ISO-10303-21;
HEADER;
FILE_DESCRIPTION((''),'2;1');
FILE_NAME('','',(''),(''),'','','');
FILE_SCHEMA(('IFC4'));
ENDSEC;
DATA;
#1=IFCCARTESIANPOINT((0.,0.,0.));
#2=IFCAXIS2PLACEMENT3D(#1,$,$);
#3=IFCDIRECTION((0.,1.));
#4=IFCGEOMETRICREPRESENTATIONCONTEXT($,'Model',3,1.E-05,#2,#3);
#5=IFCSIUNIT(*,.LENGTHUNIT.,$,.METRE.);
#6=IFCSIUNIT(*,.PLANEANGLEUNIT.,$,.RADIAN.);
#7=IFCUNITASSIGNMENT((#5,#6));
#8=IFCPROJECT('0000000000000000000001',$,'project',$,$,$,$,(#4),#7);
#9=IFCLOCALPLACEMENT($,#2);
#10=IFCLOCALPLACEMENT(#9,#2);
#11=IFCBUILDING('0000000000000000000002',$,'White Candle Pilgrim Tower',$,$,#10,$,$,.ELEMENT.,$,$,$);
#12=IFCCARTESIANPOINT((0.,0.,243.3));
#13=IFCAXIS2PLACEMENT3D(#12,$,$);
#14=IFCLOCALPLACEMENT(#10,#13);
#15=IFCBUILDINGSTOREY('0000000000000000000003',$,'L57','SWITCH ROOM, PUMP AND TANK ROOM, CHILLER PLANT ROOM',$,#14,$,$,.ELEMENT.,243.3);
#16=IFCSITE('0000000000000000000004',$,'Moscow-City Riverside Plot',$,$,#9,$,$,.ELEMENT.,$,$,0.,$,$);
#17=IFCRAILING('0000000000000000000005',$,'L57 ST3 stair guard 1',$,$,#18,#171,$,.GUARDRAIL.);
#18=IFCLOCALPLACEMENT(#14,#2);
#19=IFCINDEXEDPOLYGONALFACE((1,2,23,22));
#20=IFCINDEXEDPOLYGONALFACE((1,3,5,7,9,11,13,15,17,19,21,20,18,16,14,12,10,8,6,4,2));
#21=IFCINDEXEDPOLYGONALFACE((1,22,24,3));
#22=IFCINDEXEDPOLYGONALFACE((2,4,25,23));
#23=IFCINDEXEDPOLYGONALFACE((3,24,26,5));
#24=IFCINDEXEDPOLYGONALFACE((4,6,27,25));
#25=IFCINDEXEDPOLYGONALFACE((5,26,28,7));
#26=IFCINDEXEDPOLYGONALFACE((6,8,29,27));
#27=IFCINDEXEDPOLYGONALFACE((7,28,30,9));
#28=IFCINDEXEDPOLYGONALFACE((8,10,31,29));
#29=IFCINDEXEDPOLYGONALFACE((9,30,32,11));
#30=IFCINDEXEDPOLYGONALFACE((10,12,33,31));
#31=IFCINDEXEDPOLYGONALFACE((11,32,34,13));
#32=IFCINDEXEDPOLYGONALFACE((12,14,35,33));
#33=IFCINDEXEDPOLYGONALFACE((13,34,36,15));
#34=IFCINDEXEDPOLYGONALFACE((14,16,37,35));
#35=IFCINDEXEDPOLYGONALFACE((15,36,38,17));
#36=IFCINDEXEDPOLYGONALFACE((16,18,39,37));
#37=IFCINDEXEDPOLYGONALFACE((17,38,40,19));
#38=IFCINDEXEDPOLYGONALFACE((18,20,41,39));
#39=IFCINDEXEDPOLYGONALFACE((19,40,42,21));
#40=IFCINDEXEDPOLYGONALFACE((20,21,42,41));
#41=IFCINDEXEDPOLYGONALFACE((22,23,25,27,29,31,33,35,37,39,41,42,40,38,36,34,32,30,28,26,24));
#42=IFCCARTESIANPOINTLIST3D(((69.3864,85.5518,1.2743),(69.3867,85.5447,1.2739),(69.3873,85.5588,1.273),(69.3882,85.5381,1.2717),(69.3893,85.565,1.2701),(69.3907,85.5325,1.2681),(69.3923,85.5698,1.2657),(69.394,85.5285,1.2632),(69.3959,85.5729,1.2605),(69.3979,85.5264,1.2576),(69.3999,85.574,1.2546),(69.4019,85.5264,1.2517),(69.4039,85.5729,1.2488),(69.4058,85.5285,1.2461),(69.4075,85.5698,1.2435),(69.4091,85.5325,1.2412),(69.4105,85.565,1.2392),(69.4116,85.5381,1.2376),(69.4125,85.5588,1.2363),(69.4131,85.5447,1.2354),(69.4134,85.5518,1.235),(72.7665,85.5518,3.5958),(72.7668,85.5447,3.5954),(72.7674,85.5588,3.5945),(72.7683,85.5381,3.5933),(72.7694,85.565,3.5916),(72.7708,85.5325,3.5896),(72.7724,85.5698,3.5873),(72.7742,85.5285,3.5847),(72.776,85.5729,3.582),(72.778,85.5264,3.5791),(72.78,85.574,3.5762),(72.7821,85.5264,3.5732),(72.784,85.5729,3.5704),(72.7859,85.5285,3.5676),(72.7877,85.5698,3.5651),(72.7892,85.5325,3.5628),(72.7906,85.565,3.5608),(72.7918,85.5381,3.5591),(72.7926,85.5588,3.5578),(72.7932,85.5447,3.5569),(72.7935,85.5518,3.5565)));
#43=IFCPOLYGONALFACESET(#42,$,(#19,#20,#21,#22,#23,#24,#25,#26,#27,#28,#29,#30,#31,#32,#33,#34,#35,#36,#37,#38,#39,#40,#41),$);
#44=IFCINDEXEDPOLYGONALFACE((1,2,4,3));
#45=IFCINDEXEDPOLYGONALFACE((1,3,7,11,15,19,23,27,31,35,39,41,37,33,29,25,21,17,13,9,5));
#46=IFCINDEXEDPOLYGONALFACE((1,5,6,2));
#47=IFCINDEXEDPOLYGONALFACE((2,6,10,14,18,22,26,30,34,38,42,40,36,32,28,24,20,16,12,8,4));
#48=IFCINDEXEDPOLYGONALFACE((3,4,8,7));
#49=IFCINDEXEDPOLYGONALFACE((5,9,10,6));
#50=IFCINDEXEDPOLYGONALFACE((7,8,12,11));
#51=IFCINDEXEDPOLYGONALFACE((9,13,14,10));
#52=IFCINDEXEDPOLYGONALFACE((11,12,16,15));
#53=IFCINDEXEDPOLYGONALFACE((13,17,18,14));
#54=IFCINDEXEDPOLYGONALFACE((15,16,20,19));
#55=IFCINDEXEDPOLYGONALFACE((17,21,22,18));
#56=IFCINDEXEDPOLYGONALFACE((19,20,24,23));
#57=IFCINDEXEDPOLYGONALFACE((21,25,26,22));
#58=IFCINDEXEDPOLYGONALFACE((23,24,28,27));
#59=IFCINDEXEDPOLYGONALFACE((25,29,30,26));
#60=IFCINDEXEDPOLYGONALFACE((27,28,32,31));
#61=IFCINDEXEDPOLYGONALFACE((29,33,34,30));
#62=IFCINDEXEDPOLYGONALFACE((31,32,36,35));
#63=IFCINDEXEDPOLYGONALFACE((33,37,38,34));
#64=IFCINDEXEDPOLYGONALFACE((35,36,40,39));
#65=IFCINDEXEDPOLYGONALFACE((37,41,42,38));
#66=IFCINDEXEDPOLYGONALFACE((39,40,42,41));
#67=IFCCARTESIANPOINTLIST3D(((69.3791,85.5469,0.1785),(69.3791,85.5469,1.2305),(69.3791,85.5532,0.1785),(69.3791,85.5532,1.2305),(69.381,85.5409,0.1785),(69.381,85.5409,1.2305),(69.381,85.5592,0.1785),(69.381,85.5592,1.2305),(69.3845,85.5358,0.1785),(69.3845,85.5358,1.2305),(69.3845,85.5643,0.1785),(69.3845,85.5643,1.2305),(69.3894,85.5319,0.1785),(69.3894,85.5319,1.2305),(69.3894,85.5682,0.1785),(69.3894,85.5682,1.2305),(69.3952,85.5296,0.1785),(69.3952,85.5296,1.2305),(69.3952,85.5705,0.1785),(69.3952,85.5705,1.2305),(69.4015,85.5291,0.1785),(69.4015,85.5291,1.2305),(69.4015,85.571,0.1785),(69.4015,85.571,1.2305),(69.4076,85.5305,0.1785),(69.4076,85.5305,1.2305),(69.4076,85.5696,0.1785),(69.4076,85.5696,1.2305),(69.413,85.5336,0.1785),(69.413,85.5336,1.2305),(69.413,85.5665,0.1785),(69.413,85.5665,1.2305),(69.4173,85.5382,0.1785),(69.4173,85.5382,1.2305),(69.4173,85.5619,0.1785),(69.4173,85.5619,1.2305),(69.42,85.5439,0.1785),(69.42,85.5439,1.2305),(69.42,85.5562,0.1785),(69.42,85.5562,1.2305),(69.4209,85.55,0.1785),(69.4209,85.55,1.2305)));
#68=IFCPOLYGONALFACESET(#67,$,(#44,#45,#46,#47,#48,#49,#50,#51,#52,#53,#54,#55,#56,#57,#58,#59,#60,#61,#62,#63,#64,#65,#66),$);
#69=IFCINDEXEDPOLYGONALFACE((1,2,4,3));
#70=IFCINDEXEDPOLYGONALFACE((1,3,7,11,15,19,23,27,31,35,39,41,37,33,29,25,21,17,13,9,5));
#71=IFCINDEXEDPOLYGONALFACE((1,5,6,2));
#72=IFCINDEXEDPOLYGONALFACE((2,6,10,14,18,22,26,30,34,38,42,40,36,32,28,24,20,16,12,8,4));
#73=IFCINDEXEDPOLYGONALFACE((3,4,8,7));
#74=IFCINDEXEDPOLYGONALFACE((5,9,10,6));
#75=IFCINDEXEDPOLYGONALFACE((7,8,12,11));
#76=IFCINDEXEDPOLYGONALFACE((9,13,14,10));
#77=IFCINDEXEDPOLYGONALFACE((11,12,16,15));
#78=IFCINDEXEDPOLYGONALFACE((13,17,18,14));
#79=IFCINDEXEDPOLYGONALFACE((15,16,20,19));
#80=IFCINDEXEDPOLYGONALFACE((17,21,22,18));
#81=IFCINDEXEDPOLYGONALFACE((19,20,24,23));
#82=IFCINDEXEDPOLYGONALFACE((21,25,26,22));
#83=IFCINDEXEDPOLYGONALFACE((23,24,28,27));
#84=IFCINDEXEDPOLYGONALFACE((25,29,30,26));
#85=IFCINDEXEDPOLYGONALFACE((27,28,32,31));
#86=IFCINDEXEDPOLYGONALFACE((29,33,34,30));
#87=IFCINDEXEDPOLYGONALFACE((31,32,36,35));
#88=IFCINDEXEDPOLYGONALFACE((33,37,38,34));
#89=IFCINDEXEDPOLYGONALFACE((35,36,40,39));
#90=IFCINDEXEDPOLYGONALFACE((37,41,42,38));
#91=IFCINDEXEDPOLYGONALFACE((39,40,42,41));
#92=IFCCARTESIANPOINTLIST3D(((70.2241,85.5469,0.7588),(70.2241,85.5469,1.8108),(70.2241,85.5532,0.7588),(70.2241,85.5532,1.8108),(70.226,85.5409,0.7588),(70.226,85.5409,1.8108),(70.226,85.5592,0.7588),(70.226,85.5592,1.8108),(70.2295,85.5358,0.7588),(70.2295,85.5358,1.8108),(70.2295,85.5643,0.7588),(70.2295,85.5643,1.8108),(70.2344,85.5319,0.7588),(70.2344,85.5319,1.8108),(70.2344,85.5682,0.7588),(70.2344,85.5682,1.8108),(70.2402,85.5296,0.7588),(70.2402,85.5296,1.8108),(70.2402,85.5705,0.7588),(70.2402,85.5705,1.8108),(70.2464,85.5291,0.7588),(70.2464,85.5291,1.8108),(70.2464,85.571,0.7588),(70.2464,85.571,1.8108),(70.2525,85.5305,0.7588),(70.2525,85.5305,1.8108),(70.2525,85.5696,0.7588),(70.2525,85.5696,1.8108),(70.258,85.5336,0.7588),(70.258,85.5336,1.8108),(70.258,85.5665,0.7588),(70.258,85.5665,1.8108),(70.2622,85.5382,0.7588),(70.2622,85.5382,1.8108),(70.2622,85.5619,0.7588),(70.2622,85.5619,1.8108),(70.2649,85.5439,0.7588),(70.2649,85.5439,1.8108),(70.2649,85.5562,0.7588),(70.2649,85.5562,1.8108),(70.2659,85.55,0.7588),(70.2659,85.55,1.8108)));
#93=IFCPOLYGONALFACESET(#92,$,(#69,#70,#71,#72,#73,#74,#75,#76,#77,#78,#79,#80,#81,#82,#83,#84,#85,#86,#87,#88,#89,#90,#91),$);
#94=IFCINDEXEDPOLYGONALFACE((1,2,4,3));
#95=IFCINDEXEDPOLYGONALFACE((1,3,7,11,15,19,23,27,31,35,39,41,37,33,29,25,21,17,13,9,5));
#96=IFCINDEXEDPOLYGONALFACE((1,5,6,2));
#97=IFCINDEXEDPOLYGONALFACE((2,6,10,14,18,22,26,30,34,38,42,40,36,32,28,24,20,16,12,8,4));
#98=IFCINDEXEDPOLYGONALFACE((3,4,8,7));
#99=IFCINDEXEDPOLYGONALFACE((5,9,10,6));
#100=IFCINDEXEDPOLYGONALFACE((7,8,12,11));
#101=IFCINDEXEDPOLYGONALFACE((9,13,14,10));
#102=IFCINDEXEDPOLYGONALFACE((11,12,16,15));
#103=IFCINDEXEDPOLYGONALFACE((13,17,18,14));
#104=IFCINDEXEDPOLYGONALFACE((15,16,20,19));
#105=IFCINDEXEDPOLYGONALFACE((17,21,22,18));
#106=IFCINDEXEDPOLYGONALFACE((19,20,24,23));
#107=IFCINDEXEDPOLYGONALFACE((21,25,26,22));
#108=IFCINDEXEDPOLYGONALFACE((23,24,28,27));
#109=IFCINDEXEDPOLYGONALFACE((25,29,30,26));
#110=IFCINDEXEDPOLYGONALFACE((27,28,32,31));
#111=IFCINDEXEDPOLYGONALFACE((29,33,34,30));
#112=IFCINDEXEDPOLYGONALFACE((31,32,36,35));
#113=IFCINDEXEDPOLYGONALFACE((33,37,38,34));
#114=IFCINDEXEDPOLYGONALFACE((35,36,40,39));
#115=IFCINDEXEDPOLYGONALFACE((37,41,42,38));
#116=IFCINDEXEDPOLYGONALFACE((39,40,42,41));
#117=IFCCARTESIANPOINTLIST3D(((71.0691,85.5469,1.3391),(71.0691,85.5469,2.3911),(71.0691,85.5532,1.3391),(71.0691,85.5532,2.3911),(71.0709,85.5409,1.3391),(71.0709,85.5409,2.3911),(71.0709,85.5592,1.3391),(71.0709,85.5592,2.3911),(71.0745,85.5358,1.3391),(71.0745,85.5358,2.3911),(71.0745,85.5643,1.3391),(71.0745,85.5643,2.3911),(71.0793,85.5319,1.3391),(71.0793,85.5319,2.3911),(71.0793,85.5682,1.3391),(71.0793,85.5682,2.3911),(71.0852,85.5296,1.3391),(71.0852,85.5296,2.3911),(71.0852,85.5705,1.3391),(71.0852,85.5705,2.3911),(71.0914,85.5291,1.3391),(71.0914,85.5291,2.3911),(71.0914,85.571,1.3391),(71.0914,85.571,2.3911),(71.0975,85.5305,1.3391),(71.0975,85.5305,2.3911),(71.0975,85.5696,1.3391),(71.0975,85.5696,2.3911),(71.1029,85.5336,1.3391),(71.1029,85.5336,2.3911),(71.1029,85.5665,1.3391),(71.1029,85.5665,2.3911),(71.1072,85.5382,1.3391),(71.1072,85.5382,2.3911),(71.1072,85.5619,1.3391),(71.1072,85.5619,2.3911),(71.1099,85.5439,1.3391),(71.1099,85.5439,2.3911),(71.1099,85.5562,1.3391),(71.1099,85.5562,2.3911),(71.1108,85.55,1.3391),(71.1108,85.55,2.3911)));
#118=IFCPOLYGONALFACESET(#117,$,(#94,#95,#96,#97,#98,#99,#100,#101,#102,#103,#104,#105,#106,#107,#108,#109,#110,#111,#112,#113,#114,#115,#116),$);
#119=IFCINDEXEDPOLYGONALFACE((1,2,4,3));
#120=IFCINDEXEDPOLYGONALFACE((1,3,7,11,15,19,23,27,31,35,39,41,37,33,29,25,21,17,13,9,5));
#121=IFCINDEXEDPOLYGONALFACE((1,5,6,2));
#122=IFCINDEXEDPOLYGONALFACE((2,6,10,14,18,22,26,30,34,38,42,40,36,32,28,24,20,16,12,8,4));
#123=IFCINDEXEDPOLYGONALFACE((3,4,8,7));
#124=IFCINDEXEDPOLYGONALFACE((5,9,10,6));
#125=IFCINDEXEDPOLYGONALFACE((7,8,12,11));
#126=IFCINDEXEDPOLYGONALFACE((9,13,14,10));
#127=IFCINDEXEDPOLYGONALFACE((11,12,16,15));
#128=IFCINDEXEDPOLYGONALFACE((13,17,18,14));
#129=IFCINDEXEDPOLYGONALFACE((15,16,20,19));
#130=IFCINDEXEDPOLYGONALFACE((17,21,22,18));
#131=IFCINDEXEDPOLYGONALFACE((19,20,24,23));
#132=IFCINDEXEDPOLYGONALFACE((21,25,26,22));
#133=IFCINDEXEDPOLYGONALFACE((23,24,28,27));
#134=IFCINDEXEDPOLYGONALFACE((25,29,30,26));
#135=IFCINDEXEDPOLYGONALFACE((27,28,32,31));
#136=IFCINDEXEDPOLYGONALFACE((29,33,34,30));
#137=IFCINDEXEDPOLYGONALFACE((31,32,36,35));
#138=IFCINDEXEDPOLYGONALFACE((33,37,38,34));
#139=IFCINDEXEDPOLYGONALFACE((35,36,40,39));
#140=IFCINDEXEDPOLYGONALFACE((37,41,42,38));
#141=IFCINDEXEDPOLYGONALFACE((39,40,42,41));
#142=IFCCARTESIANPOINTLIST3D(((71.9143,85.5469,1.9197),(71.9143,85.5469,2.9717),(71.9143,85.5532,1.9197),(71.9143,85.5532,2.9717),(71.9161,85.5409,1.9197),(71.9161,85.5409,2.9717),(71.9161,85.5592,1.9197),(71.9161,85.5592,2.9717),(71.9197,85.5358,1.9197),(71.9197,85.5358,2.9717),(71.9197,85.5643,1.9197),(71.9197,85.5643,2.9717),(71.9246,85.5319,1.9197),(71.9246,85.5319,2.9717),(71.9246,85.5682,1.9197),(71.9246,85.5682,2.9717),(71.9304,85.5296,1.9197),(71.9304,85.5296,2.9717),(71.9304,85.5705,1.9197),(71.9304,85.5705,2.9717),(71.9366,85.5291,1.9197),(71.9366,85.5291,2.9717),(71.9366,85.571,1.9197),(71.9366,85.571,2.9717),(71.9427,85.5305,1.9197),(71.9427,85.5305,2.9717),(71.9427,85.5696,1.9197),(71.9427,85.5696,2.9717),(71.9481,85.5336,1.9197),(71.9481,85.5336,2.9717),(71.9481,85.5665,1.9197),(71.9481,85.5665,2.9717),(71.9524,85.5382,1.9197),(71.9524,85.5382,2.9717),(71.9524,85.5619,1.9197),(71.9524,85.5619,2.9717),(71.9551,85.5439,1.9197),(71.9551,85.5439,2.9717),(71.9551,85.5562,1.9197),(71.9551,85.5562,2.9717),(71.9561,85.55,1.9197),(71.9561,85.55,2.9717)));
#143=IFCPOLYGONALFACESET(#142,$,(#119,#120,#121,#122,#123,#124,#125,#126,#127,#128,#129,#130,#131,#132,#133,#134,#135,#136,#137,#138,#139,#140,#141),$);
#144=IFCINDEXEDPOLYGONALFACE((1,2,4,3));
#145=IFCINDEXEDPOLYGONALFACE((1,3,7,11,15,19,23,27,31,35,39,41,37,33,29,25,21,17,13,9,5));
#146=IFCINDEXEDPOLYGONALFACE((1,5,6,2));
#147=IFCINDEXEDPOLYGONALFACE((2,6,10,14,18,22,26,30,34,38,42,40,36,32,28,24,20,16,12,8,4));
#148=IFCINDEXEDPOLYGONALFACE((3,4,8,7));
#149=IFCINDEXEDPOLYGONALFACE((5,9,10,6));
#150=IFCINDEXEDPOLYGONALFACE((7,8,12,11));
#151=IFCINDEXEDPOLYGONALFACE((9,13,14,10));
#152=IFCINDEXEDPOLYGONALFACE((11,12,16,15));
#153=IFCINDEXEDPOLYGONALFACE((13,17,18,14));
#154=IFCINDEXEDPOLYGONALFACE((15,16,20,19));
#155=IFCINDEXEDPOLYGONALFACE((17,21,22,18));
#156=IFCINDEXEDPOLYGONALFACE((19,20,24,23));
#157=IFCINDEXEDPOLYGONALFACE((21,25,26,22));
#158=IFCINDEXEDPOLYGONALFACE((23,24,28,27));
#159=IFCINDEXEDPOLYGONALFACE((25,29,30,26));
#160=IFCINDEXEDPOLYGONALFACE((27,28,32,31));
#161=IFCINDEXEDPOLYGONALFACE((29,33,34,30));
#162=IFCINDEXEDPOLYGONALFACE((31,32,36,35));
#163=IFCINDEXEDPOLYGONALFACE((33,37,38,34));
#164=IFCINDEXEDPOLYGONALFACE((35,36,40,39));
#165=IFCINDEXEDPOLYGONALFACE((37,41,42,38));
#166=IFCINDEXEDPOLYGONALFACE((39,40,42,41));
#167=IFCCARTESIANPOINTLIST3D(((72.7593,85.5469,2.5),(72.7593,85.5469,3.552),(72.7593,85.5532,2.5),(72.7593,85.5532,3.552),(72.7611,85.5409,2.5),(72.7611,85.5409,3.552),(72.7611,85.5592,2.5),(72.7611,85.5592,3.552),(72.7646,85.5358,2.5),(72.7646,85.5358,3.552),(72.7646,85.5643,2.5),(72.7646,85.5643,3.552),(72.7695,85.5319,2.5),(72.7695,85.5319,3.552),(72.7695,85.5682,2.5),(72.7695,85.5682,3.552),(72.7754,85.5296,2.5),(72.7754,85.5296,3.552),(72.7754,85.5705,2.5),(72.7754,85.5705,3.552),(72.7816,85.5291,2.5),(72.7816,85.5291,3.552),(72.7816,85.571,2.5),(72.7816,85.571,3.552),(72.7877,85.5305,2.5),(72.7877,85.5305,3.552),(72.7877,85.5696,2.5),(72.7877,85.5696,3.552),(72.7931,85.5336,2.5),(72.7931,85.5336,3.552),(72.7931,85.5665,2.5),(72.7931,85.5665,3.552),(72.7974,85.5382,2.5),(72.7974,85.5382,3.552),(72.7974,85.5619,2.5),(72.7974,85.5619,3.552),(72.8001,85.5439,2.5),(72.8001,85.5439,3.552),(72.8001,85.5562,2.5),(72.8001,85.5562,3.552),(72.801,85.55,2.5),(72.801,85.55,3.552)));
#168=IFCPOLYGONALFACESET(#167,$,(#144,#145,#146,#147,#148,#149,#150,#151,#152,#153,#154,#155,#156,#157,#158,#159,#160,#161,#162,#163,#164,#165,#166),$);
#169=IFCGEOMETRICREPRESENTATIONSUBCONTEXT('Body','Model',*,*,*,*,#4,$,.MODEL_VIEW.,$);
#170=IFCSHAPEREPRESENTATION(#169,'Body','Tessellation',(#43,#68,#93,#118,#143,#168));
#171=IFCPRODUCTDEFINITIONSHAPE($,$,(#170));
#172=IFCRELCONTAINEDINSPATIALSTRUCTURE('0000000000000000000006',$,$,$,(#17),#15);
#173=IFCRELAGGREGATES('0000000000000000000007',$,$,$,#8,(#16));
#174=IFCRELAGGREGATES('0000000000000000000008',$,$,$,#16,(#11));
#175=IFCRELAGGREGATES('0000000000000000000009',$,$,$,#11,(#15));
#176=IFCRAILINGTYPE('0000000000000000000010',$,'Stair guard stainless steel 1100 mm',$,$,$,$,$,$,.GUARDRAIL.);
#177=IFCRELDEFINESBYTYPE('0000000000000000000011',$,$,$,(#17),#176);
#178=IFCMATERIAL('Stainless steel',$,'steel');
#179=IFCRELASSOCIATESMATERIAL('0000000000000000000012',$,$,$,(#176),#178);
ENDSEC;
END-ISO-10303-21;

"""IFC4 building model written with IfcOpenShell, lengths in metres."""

from ifc_helpers import new_model, si_unit, direction, frame, origin, origin_2d, place, context, subcontext, project, spatial, circle, extrude, material, type_object, element, save


model = new_model("IFC4")

# Units and contexts
model_context = context("Model", 3, precision=1e-05, world=origin(), true_north=direction((0.0, 1.0)))
body_context = subcontext(model_context, "Body", "Model", "MODEL_VIEW")
ifc_project = project(units=[si_unit("LENGTHUNIT", "METRE"), si_unit("PLANEANGLEUNIT", "RADIAN")], contexts=[model_context])

# Site, building, storey
site_placement = place(None, origin())
site = spatial("IfcSite", under=ifc_project, at=site_placement, Name="Moscow-City Riverside Plot", CompositionType="ELEMENT", RefElevation=0.0)
building_placement = place(site_placement, origin())
building = spatial("IfcBuilding", under=site, at=building_placement, Name="White Candle Pilgrim Tower", CompositionType="ELEMENT")
storey_placement = place(building_placement, frame((0.0, 0.0, 243.3)))
storey = spatial("IfcBuildingStorey", under=building, at=storey_placement, Name="L57", Description="SWITCH ROOM, PUMP AND TANK ROOM, CHILLER PLANT ROOM", CompositionType="ELEMENT", Elevation=243.3)

# Shared definitions
ifc_material_1 = material(Name="Stainless steel", Category="steel")

# Railing
railing_type_1 = type_object("IfcRailingType", Name="Stair guard stainless steel 1100 mm", PredefinedType="GUARDRAIL", material=ifc_material_1)
railing_1_placement = place(storey_placement, frame((69.3999, 85.55, 0.1785)))
element("IfcRailing", 1, at=railing_1_placement, inside=storey, type_object=railing_type_1, Name="L57 ST3 stair guard 1", PredefinedType="GUARDRAIL", context=body_context, shape_type="SweptSolid", body=[
    extrude(circle(Radius=0.0239, at=origin_2d()), frame((0.0, 0.0, 1.0762), z_axis=(0.824304, 0.0, 0.566147), x_axis=(0.0, 1.0, 0.0)), (0.0, 0.0, 1.0), 4.1006),
    extrude(circle(Radius=0.021, at=origin_2d()), origin(), (0.0, 0.0, 1.0), 1.052),
    extrude(circle(Radius=0.021, at=origin_2d()), frame((0.845, 0.0, 0.5803)), (0.0, 0.0, 1.0), 1.052),
    extrude(circle(Radius=0.021, at=origin_2d()), frame((1.6899, 0.0, 1.1606)), (0.0, 0.0, 1.0), 1.052),
    extrude(circle(Radius=0.021, at=origin_2d()), frame((2.5352, 0.0, 1.7412)), (0.0, 0.0, 1.0), 1.052),
    extrude(circle(Radius=0.021, at=origin_2d()), frame((3.3801, 0.0, 2.3215)), (0.0, 0.0, 1.0), 1.052),
])

save(model, "model.ifc")
